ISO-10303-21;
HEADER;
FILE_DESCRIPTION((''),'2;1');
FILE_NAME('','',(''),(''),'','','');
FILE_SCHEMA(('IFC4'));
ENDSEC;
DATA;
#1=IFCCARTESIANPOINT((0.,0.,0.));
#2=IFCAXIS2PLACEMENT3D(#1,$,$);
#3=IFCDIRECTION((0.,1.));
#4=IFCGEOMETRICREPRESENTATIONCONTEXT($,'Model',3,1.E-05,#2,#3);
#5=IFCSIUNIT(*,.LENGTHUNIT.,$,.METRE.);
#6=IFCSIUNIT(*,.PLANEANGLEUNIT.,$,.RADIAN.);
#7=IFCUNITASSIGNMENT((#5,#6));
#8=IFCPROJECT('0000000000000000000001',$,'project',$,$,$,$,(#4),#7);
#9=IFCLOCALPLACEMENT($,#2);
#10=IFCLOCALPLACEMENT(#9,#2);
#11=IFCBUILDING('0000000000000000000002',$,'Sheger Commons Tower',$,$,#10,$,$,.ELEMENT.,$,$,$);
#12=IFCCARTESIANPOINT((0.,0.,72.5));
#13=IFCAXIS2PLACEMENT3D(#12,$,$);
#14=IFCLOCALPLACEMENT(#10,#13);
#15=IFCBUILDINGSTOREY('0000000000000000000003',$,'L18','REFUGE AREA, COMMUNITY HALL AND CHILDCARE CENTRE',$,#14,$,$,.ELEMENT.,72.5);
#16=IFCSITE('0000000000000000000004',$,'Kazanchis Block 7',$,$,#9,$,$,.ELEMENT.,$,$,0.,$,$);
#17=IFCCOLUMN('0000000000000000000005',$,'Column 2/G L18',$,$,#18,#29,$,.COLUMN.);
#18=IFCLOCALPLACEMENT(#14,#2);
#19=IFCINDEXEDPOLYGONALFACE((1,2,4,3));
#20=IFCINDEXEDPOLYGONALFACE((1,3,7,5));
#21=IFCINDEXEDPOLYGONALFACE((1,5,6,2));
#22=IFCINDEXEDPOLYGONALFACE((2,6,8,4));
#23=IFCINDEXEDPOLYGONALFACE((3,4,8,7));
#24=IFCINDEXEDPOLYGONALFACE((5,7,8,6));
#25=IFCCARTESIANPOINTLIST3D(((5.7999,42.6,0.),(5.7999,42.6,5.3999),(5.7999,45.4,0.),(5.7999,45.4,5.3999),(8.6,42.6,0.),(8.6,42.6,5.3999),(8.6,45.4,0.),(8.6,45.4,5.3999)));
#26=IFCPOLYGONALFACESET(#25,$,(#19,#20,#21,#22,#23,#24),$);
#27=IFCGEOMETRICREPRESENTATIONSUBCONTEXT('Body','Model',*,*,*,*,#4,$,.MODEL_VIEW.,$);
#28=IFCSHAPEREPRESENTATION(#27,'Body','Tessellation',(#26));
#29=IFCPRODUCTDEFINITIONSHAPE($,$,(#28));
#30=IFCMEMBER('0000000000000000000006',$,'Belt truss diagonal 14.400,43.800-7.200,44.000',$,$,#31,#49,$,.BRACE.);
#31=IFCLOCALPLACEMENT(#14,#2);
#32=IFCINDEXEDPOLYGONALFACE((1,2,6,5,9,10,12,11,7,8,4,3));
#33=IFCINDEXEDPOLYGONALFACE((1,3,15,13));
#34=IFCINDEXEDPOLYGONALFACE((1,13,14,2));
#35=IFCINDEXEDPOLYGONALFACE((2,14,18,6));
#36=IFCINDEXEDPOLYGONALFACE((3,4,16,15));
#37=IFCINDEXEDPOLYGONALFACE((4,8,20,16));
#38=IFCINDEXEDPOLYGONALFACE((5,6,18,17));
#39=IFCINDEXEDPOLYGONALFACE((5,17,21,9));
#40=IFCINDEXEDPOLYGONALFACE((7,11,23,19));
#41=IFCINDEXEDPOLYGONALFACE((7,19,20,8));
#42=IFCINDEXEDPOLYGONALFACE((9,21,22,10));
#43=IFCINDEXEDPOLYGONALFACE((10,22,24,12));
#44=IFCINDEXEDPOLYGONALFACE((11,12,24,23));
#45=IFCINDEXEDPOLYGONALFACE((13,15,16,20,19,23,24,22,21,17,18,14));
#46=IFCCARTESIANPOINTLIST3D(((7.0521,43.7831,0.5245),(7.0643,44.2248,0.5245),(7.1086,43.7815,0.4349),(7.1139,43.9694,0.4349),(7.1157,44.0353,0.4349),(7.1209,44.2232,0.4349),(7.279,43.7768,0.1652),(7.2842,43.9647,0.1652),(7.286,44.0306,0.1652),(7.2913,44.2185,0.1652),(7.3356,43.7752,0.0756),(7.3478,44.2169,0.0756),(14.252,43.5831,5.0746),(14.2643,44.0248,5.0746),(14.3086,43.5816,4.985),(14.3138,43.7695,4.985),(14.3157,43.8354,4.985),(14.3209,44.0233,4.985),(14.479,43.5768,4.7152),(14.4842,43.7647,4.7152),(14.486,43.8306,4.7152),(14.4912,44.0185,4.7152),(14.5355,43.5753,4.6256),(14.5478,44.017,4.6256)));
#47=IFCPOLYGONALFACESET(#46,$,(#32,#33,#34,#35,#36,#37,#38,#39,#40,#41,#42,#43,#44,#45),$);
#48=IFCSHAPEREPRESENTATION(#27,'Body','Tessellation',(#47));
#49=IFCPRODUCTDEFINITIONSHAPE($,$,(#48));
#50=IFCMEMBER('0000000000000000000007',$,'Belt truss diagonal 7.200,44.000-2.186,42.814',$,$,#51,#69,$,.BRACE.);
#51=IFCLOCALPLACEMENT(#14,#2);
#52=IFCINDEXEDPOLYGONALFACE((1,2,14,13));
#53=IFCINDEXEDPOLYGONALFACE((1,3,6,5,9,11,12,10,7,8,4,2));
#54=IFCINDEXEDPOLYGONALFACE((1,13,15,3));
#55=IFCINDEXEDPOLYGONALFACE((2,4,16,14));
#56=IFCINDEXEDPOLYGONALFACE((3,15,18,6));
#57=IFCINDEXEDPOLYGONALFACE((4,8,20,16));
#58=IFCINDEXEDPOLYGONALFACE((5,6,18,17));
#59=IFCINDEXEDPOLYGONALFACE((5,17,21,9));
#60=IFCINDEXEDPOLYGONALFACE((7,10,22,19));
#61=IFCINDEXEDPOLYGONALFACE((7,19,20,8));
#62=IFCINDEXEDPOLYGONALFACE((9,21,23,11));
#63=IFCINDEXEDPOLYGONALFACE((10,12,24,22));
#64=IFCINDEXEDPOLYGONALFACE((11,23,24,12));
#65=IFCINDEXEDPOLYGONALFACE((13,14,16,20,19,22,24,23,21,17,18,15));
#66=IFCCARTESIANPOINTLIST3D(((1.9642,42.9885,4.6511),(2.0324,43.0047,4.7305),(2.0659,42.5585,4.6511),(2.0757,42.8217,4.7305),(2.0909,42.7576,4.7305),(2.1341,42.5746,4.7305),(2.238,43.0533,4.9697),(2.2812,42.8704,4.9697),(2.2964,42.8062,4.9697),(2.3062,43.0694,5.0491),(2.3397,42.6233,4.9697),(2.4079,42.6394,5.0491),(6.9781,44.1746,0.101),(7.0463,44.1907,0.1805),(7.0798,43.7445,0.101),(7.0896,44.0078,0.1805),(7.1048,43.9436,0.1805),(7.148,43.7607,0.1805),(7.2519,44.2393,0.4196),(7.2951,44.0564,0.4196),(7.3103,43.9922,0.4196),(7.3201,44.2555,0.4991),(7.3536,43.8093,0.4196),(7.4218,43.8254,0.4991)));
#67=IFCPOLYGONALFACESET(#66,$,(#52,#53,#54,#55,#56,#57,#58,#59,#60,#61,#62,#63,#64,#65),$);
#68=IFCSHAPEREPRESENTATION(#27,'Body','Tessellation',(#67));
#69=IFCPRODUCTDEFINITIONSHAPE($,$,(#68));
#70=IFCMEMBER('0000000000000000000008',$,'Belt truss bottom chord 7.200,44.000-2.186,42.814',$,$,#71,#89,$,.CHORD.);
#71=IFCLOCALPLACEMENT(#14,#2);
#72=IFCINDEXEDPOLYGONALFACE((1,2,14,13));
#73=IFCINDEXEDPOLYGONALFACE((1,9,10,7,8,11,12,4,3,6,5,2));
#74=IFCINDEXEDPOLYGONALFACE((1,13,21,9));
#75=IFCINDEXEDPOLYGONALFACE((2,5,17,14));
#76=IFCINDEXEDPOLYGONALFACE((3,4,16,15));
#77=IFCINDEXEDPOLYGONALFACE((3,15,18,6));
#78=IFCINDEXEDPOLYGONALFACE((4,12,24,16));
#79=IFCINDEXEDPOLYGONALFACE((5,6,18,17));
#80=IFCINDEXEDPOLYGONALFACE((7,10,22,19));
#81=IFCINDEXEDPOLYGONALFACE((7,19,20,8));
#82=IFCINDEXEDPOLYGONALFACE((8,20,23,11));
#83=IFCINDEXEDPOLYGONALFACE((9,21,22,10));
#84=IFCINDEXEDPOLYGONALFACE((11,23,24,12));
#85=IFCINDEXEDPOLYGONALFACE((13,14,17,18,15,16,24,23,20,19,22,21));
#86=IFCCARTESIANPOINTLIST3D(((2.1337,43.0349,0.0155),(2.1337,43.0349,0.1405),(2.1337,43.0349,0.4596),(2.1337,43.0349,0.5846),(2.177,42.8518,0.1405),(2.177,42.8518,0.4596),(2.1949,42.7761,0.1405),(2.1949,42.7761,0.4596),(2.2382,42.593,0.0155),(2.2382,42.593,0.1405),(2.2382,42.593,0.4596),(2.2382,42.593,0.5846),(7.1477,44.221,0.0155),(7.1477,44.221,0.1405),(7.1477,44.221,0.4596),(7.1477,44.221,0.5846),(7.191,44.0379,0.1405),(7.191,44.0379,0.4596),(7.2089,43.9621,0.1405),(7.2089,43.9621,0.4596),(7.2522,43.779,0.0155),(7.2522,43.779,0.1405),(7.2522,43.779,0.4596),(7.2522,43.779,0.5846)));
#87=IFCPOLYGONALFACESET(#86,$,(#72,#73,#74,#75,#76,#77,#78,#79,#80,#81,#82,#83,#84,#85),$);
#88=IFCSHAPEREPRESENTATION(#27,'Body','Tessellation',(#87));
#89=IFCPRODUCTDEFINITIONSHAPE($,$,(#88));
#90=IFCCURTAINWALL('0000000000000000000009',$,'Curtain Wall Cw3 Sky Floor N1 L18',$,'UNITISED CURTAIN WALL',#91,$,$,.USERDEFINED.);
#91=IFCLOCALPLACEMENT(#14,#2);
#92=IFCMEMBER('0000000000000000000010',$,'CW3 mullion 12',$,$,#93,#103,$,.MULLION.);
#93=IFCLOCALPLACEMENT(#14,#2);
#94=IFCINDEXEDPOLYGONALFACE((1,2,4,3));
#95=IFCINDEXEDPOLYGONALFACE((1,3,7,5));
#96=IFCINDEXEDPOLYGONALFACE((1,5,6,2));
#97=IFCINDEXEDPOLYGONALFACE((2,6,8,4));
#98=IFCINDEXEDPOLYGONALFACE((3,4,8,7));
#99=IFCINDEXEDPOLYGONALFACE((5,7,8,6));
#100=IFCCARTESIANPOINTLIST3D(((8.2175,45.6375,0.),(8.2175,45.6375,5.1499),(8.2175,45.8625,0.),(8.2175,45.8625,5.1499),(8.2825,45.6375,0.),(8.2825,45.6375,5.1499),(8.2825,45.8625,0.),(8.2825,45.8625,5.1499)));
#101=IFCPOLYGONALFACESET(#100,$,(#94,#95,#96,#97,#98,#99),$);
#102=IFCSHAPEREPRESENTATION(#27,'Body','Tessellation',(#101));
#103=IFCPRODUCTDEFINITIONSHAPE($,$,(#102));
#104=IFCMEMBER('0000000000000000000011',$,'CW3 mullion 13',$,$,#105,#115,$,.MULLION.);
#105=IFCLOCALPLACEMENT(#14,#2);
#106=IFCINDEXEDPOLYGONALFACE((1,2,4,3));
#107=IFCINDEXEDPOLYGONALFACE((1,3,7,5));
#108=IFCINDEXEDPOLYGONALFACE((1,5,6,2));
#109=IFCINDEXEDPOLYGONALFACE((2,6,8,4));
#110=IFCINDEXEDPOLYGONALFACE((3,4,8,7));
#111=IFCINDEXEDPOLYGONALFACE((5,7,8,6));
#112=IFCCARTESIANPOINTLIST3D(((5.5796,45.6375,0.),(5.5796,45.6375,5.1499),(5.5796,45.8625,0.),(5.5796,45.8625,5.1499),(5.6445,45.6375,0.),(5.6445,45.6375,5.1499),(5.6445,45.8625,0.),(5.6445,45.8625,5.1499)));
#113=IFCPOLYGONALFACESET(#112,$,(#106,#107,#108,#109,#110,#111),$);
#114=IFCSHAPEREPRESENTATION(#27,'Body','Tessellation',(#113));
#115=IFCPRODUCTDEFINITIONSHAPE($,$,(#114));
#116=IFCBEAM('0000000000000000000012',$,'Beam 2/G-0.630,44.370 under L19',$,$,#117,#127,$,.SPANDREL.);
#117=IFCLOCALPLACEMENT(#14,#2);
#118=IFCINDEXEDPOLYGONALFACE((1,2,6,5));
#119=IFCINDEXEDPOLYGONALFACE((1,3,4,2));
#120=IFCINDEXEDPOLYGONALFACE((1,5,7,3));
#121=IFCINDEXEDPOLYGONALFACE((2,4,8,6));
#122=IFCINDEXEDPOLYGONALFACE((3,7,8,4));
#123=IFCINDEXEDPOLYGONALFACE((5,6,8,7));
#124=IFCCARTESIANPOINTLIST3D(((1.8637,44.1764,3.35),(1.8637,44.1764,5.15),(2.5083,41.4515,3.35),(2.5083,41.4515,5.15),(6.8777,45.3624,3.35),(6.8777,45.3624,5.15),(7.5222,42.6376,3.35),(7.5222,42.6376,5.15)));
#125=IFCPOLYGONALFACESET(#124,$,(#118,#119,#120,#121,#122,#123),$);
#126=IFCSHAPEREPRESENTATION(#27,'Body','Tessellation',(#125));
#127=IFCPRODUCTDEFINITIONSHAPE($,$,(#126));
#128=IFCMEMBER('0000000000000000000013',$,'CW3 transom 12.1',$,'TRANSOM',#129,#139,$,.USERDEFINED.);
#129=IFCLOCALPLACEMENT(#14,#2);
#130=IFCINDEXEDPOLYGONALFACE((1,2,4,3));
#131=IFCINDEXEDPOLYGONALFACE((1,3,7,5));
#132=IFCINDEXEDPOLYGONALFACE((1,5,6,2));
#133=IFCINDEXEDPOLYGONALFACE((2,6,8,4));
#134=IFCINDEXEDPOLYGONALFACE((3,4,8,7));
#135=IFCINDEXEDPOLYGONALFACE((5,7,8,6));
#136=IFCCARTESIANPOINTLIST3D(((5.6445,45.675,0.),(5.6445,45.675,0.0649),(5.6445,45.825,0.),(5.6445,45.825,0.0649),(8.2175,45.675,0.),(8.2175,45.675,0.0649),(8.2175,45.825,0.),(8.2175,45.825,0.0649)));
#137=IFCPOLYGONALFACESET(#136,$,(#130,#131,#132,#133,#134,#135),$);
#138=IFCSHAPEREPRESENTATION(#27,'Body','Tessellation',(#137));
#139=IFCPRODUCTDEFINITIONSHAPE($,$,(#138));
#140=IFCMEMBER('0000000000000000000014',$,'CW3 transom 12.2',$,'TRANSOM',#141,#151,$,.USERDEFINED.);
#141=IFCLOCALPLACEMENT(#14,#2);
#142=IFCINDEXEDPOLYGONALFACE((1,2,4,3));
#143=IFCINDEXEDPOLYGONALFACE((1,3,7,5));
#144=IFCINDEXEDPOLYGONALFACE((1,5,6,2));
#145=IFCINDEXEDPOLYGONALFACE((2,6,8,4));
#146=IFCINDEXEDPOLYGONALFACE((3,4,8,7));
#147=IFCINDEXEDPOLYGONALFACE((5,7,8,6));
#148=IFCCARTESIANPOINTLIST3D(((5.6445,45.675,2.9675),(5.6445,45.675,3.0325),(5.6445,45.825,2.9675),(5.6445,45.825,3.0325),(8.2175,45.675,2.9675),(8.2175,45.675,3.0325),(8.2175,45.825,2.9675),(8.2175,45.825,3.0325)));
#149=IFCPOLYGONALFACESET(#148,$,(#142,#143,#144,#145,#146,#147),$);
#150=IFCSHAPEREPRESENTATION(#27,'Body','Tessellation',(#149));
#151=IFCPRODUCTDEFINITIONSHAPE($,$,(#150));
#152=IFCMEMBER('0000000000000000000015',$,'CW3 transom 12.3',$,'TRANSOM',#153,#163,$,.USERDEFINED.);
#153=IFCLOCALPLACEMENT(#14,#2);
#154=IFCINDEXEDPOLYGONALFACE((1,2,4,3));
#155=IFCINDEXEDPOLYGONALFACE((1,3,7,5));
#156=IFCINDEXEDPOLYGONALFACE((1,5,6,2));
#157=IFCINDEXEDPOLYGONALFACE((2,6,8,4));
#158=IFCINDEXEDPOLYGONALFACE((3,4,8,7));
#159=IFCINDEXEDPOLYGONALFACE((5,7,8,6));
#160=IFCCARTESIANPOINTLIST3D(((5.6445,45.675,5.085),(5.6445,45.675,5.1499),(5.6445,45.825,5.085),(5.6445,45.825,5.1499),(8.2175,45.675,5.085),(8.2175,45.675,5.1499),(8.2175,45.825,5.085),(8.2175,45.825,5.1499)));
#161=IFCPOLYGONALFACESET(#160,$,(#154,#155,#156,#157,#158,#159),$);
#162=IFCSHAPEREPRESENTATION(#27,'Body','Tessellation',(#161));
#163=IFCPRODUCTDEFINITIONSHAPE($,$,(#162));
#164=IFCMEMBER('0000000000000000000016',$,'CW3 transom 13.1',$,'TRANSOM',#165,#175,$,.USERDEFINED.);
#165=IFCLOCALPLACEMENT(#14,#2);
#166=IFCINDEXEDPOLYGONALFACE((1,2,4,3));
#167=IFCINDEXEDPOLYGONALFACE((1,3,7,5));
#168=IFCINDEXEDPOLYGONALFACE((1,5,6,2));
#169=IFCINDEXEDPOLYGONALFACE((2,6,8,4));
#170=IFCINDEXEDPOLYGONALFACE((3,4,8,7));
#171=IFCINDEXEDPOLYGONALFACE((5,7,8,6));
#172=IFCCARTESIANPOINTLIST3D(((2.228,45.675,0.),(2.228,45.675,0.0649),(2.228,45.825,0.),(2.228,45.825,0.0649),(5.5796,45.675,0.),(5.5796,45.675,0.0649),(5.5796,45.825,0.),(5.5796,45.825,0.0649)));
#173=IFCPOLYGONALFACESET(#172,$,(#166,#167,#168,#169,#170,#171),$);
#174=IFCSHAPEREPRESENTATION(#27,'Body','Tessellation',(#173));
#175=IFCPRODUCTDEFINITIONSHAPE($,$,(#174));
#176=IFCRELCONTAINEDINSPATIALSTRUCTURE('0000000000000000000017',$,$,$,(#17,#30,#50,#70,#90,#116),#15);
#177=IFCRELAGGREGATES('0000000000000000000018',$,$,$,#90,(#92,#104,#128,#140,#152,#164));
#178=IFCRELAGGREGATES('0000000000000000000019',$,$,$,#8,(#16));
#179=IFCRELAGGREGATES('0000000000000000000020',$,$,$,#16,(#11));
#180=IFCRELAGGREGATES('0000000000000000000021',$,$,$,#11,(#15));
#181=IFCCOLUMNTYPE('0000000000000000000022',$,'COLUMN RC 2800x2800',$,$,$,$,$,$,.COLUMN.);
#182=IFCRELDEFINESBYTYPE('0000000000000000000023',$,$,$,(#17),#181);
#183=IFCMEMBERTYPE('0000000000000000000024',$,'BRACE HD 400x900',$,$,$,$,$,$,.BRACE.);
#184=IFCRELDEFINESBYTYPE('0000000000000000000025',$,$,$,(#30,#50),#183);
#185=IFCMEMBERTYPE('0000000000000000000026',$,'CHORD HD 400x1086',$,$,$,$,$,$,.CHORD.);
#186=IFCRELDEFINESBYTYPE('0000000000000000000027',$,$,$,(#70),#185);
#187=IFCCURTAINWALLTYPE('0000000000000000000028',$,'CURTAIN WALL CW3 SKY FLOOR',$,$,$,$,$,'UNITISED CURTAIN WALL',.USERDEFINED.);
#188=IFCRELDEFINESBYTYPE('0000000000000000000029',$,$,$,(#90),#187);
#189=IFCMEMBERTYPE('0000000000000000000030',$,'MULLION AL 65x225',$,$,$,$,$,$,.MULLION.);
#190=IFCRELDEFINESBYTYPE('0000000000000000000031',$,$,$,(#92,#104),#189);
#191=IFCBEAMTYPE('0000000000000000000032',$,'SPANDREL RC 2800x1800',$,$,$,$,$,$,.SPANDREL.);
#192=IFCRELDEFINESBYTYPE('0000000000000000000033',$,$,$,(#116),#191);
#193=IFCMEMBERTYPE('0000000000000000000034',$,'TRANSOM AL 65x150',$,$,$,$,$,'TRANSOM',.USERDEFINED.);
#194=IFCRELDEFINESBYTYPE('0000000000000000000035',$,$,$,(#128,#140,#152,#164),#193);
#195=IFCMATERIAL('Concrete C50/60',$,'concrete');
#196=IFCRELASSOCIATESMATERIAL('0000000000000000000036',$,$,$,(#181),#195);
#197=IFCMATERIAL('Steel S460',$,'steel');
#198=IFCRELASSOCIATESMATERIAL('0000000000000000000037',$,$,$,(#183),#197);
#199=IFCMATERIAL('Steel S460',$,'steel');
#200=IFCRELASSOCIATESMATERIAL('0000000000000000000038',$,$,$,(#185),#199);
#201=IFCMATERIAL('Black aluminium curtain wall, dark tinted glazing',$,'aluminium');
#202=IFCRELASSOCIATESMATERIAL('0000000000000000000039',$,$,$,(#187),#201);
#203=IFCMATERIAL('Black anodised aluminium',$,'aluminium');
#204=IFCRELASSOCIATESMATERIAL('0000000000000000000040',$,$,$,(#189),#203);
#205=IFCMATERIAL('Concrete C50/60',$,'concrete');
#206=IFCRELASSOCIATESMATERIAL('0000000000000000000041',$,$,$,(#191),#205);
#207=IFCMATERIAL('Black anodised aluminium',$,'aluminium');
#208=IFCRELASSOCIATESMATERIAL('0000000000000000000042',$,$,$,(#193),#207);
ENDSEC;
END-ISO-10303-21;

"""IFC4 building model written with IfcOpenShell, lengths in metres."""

from ifc_helpers import new_model, si_unit, direction, frame, origin, origin_2d, place, context, subcontext, project, spatial, rectangle, i_section, extrude, material, material_profile, profile_set, type_object, element, aggregate, save


model = new_model("IFC4")

# Units and contexts
model_context = context("Model", 3, precision=1e-05, world=origin(), true_north=direction((0.0, 1.0)))
body_context = subcontext(model_context, "Body", "Model", "MODEL_VIEW")
ifc_project = project(units=[si_unit("LENGTHUNIT", "METRE"), si_unit("PLANEANGLEUNIT", "RADIAN")], contexts=[model_context])

# Site, building, storey
site_placement = place(None, origin())
site = spatial("IfcSite", under=ifc_project, at=site_placement, Name="Kazanchis Block 7", CompositionType="ELEMENT", RefElevation=0.0)
building_placement = place(site_placement, origin())
building = spatial("IfcBuilding", under=site, at=building_placement, Name="Sheger Commons Tower", CompositionType="ELEMENT")
storey_placement = place(building_placement, frame((0.0, 0.0, 72.5)))
storey = spatial("IfcBuildingStorey", under=building, at=storey_placement, Name="L18", Description="REFUGE AREA, COMMUNITY HALL AND CHILDCARE CENTRE", CompositionType="ELEMENT", Elevation=72.5)

# Column
ifc_material_1 = material(Name="Concrete C50/60", Category="concrete")
ifc_material_profile_1 = material_profile(ifc_material_1, rectangle(XDim=2.8, YDim=2.8, at=origin_2d()), Name="RC 2800x2800")
ifc_profile_set_1 = profile_set([ifc_material_profile_1], Name="Concrete C50/60")
column_type = type_object("IfcColumnType", Name="COLUMN RC 2800x2800", PredefinedType="COLUMN", material=ifc_profile_set_1)
column_placement = place(storey_placement, frame((7.2, 44.0, 0.0), z_axis=(0.0, 0.0, 1.0), x_axis=(1.0, 0.0, 0.0)))
element("IfcColumn", 1, at=column_placement, inside=storey, type_object=column_type, Name="Column 2/G L18", PredefinedType="COLUMN", context=body_context, shape_type="SweptSolid", body=[
    extrude(rectangle(XDim=2.8, YDim=2.8, at=origin_2d()), origin(), (0.0, 0.0, 1.0), 5.3999),
])

# Members
ifc_material_2 = material(Name="Steel S460", Category="steel")
ifc_material_profile_2 = material_profile(ifc_material_2, i_section(OverallWidth=0.4419, OverallDepth=0.531, WebThickness=0.0659, FlangeThickness=0.106, at=origin_2d()), Name="HD 400x900")
ifc_profile_set_2 = profile_set([ifc_material_profile_2], Name="Steel S460")
member_type_1 = type_object("IfcMemberType", Name="BRACE HD 400x900", PredefinedType="BRACE", material=ifc_profile_set_2)
member_1_placement = place(storey_placement, frame((7.2, 44.0, 0.3), z_axis=(0.845112, -0.02347, 0.534073), x_axis=(0.02776, 0.999615, 0.0)))
element("IfcMember", 2, at=member_1_placement, inside=storey, type_object=member_type_1, Name="Belt truss diagonal 14.400,43.800-7.200,44.000", PredefinedType="BRACE", context=body_context, shape_type="SweptSolid", body=[
    extrude(i_section(OverallWidth=0.4419, OverallDepth=0.531, WebThickness=0.0659, FlangeThickness=0.106, at=origin_2d()), origin(), (0.0, 0.0, 1.0), 8.5195),
])
member_2_placement = place(storey_placement, frame((7.2, 44.0, 0.3), z_axis=(-0.729425, -0.172545, 0.661942), x_axis=(0.230196, -0.973144, 0.0)))
element("IfcMember", 3, at=member_2_placement, inside=storey, type_object=member_type_1, Name="Belt truss diagonal 7.200,44.000-2.186,42.814", PredefinedType="BRACE", context=body_context, shape_type="SweptSolid", body=[
    extrude(i_section(OverallWidth=0.4419, OverallDepth=0.531, WebThickness=0.0659, FlangeThickness=0.106, at=origin_2d()), origin(), (0.0, 0.0, 1.0), 6.8738),
])
ifc_material_3 = material(Name="Steel S460", Category="steel")
ifc_material_profile_3 = material_profile(ifc_material_3, i_section(OverallWidth=0.4541, OverallDepth=0.5691, WebThickness=0.0779, FlangeThickness=0.125, at=origin_2d()), Name="HD 400x1086")
ifc_profile_set_3 = profile_set([ifc_material_profile_3], Name="Steel S460")
member_type_2 = type_object("IfcMemberType", Name="CHORD HD 400x1086", PredefinedType="CHORD", material=ifc_profile_set_3)
member_3_placement = place(storey_placement, frame((7.2, 44.0, 0.3), z_axis=(-0.973144, -0.230196, 0.0), x_axis=(0.230196, -0.973144, 0.0)))
element("IfcMember", 4, at=member_3_placement, inside=storey, type_object=member_type_2, Name="Belt truss bottom chord 7.200,44.000-2.186,42.814", PredefinedType="CHORD", context=body_context, shape_type="SweptSolid", body=[
    extrude(i_section(OverallWidth=0.4541, OverallDepth=0.5691, WebThickness=0.0779, FlangeThickness=0.125, at=origin_2d()), origin(), (0.0, 0.0, 1.0), 5.1523),
])

# Curtain wall, members
ifc_material_4 = material(Name="Black aluminium curtain wall, dark tinted glazing", Category="aluminium")
curtain_wall_type = type_object("IfcCurtainWallType", Name="CURTAIN WALL CW3 SKY FLOOR", ElementType="UNITISED CURTAIN WALL", PredefinedType="USERDEFINED", material=ifc_material_4)
curtain_wall_placement = place(storey_placement, origin())
curtain_wall = element("IfcCurtainWall", 5, at=curtain_wall_placement, inside=storey, type_object=curtain_wall_type, Name="Curtain Wall Cw3 Sky Floor N1 L18", ObjectType="UNITISED CURTAIN WALL", PredefinedType="USERDEFINED")
ifc_material_5 = material(Name="Black anodised aluminium", Category="aluminium")
ifc_material_profile_4 = material_profile(ifc_material_5, rectangle(XDim=0.2251, YDim=0.0649, at=origin_2d()), Name="AL 65x225")
ifc_profile_set_4 = profile_set([ifc_material_profile_4], Name="Black anodised aluminium")
member_type_3 = type_object("IfcMemberType", Name="MULLION AL 65x225", PredefinedType="MULLION", material=ifc_profile_set_4)
member_4_placement = place(storey_placement, frame((8.25, 45.75, 0.0), z_axis=(0.0, 0.0, 1.0), x_axis=(0.0, -1.0, 0.0)))
member_4 = element("IfcMember", 6, at=member_4_placement, type_object=member_type_3, Name="CW3 mullion 12", PredefinedType="MULLION", context=body_context, shape_type="SweptSolid", body=[
    extrude(rectangle(XDim=0.2251, YDim=0.0649, at=origin_2d()), origin(), (0.0, 0.0, 1.0), 5.1499),
])
member_5_placement = place(storey_placement, frame((5.6121, 45.75, 0.0), z_axis=(0.0, 0.0, 1.0), x_axis=(0.0, -1.0, 0.0)))
member_5 = element("IfcMember", 7, at=member_5_placement, type_object=member_type_3, Name="CW3 mullion 13", PredefinedType="MULLION", context=body_context, shape_type="SweptSolid", body=[
    extrude(rectangle(XDim=0.2251, YDim=0.0649, at=origin_2d()), origin(), (0.0, 0.0, 1.0), 5.1499),
])

# Beam
ifc_material_6 = material(Name="Concrete C50/60", Category="concrete")
ifc_material_profile_5 = material_profile(ifc_material_6, rectangle(XDim=2.8, YDim=1.8, at=origin_2d()), Name="RC 2800x1800")
ifc_profile_set_5 = profile_set([ifc_material_profile_5], Name="Concrete C50/60")
beam_type = type_object("IfcBeamType", Name="SPANDREL RC 2800x1800", PredefinedType="SPANDREL", material=ifc_profile_set_5)
beam_placement = place(storey_placement, frame((7.2, 44.0, 4.25), z_axis=(-0.973144, -0.230196, 0.0), x_axis=(0.230196, -0.973144, 0.0)))
element("IfcBeam", 8, at=beam_placement, inside=storey, type_object=beam_type, Name="Beam 2/G-0.630,44.370 under L19", PredefinedType="SPANDREL", context=body_context, shape_type="SweptSolid", body=[
    extrude(rectangle(XDim=2.8, YDim=1.8, at=origin_2d()), origin(), (0.0, 0.0, 1.0), 5.1523),
])

# Members
ifc_material_7 = material(Name="Black anodised aluminium", Category="aluminium")
ifc_material_profile_6 = material_profile(ifc_material_7, rectangle(XDim=0.1499, YDim=0.0649, at=origin_2d()), Name="AL 65x150")
ifc_profile_set_6 = profile_set([ifc_material_profile_6], Name="Black anodised aluminium")
member_type_4 = type_object("IfcMemberType", Name="TRANSOM AL 65x150", ElementType="TRANSOM", PredefinedType="USERDEFINED", material=ifc_profile_set_6)
member_6_placement = place(storey_placement, frame((8.2175, 45.75, 0.0325), z_axis=(-1.0, 0.0, 0.0), x_axis=(0.0, -1.0, 0.0)))
member_6 = element("IfcMember", 9, at=member_6_placement, type_object=member_type_4, Name="CW3 transom 12.1", ObjectType="TRANSOM", PredefinedType="USERDEFINED", context=body_context, shape_type="SweptSolid", body=[
    extrude(rectangle(XDim=0.1499, YDim=0.0649, at=origin_2d()), origin(), (0.0, 0.0, 1.0), 2.573),
])
member_7_placement = place(storey_placement, frame((8.2175, 45.75, 3.0), z_axis=(-1.0, 0.0, 0.0), x_axis=(0.0, -1.0, 0.0)))
member_7 = element("IfcMember", 10, at=member_7_placement, type_object=member_type_4, Name="CW3 transom 12.2", ObjectType="TRANSOM", PredefinedType="USERDEFINED", context=body_context, shape_type="SweptSolid", body=[
    extrude(rectangle(XDim=0.1499, YDim=0.0649, at=origin_2d()), origin(), (0.0, 0.0, 1.0), 2.573),
])
member_8_placement = place(storey_placement, frame((8.2175, 45.75, 5.1174), z_axis=(-1.0, 0.0, 0.0), x_axis=(0.0, -1.0, 0.0)))
member_8 = element("IfcMember", 11, at=member_8_placement, type_object=member_type_4, Name="CW3 transom 12.3", ObjectType="TRANSOM", PredefinedType="USERDEFINED", context=body_context, shape_type="SweptSolid", body=[
    extrude(rectangle(XDim=0.1499, YDim=0.0649, at=origin_2d()), origin(), (0.0, 0.0, 1.0), 2.573),
])
member_9_placement = place(storey_placement, frame((5.5796, 45.75, 0.0325), z_axis=(-1.0, 0.0, 0.0), x_axis=(0.0, -1.0, 0.0)))
member_9 = element("IfcMember", 12, at=member_9_placement, type_object=member_type_4, Name="CW3 transom 13.1", ObjectType="TRANSOM", PredefinedType="USERDEFINED", context=body_context, shape_type="SweptSolid", body=[
    extrude(rectangle(XDim=0.1499, YDim=0.0649, at=origin_2d()), origin(), (0.0, 0.0, 1.0), 3.3516),
])

aggregate(curtain_wall, [member_4, member_5, member_6, member_7, member_8, member_9])

save(model, "model.ifc")
